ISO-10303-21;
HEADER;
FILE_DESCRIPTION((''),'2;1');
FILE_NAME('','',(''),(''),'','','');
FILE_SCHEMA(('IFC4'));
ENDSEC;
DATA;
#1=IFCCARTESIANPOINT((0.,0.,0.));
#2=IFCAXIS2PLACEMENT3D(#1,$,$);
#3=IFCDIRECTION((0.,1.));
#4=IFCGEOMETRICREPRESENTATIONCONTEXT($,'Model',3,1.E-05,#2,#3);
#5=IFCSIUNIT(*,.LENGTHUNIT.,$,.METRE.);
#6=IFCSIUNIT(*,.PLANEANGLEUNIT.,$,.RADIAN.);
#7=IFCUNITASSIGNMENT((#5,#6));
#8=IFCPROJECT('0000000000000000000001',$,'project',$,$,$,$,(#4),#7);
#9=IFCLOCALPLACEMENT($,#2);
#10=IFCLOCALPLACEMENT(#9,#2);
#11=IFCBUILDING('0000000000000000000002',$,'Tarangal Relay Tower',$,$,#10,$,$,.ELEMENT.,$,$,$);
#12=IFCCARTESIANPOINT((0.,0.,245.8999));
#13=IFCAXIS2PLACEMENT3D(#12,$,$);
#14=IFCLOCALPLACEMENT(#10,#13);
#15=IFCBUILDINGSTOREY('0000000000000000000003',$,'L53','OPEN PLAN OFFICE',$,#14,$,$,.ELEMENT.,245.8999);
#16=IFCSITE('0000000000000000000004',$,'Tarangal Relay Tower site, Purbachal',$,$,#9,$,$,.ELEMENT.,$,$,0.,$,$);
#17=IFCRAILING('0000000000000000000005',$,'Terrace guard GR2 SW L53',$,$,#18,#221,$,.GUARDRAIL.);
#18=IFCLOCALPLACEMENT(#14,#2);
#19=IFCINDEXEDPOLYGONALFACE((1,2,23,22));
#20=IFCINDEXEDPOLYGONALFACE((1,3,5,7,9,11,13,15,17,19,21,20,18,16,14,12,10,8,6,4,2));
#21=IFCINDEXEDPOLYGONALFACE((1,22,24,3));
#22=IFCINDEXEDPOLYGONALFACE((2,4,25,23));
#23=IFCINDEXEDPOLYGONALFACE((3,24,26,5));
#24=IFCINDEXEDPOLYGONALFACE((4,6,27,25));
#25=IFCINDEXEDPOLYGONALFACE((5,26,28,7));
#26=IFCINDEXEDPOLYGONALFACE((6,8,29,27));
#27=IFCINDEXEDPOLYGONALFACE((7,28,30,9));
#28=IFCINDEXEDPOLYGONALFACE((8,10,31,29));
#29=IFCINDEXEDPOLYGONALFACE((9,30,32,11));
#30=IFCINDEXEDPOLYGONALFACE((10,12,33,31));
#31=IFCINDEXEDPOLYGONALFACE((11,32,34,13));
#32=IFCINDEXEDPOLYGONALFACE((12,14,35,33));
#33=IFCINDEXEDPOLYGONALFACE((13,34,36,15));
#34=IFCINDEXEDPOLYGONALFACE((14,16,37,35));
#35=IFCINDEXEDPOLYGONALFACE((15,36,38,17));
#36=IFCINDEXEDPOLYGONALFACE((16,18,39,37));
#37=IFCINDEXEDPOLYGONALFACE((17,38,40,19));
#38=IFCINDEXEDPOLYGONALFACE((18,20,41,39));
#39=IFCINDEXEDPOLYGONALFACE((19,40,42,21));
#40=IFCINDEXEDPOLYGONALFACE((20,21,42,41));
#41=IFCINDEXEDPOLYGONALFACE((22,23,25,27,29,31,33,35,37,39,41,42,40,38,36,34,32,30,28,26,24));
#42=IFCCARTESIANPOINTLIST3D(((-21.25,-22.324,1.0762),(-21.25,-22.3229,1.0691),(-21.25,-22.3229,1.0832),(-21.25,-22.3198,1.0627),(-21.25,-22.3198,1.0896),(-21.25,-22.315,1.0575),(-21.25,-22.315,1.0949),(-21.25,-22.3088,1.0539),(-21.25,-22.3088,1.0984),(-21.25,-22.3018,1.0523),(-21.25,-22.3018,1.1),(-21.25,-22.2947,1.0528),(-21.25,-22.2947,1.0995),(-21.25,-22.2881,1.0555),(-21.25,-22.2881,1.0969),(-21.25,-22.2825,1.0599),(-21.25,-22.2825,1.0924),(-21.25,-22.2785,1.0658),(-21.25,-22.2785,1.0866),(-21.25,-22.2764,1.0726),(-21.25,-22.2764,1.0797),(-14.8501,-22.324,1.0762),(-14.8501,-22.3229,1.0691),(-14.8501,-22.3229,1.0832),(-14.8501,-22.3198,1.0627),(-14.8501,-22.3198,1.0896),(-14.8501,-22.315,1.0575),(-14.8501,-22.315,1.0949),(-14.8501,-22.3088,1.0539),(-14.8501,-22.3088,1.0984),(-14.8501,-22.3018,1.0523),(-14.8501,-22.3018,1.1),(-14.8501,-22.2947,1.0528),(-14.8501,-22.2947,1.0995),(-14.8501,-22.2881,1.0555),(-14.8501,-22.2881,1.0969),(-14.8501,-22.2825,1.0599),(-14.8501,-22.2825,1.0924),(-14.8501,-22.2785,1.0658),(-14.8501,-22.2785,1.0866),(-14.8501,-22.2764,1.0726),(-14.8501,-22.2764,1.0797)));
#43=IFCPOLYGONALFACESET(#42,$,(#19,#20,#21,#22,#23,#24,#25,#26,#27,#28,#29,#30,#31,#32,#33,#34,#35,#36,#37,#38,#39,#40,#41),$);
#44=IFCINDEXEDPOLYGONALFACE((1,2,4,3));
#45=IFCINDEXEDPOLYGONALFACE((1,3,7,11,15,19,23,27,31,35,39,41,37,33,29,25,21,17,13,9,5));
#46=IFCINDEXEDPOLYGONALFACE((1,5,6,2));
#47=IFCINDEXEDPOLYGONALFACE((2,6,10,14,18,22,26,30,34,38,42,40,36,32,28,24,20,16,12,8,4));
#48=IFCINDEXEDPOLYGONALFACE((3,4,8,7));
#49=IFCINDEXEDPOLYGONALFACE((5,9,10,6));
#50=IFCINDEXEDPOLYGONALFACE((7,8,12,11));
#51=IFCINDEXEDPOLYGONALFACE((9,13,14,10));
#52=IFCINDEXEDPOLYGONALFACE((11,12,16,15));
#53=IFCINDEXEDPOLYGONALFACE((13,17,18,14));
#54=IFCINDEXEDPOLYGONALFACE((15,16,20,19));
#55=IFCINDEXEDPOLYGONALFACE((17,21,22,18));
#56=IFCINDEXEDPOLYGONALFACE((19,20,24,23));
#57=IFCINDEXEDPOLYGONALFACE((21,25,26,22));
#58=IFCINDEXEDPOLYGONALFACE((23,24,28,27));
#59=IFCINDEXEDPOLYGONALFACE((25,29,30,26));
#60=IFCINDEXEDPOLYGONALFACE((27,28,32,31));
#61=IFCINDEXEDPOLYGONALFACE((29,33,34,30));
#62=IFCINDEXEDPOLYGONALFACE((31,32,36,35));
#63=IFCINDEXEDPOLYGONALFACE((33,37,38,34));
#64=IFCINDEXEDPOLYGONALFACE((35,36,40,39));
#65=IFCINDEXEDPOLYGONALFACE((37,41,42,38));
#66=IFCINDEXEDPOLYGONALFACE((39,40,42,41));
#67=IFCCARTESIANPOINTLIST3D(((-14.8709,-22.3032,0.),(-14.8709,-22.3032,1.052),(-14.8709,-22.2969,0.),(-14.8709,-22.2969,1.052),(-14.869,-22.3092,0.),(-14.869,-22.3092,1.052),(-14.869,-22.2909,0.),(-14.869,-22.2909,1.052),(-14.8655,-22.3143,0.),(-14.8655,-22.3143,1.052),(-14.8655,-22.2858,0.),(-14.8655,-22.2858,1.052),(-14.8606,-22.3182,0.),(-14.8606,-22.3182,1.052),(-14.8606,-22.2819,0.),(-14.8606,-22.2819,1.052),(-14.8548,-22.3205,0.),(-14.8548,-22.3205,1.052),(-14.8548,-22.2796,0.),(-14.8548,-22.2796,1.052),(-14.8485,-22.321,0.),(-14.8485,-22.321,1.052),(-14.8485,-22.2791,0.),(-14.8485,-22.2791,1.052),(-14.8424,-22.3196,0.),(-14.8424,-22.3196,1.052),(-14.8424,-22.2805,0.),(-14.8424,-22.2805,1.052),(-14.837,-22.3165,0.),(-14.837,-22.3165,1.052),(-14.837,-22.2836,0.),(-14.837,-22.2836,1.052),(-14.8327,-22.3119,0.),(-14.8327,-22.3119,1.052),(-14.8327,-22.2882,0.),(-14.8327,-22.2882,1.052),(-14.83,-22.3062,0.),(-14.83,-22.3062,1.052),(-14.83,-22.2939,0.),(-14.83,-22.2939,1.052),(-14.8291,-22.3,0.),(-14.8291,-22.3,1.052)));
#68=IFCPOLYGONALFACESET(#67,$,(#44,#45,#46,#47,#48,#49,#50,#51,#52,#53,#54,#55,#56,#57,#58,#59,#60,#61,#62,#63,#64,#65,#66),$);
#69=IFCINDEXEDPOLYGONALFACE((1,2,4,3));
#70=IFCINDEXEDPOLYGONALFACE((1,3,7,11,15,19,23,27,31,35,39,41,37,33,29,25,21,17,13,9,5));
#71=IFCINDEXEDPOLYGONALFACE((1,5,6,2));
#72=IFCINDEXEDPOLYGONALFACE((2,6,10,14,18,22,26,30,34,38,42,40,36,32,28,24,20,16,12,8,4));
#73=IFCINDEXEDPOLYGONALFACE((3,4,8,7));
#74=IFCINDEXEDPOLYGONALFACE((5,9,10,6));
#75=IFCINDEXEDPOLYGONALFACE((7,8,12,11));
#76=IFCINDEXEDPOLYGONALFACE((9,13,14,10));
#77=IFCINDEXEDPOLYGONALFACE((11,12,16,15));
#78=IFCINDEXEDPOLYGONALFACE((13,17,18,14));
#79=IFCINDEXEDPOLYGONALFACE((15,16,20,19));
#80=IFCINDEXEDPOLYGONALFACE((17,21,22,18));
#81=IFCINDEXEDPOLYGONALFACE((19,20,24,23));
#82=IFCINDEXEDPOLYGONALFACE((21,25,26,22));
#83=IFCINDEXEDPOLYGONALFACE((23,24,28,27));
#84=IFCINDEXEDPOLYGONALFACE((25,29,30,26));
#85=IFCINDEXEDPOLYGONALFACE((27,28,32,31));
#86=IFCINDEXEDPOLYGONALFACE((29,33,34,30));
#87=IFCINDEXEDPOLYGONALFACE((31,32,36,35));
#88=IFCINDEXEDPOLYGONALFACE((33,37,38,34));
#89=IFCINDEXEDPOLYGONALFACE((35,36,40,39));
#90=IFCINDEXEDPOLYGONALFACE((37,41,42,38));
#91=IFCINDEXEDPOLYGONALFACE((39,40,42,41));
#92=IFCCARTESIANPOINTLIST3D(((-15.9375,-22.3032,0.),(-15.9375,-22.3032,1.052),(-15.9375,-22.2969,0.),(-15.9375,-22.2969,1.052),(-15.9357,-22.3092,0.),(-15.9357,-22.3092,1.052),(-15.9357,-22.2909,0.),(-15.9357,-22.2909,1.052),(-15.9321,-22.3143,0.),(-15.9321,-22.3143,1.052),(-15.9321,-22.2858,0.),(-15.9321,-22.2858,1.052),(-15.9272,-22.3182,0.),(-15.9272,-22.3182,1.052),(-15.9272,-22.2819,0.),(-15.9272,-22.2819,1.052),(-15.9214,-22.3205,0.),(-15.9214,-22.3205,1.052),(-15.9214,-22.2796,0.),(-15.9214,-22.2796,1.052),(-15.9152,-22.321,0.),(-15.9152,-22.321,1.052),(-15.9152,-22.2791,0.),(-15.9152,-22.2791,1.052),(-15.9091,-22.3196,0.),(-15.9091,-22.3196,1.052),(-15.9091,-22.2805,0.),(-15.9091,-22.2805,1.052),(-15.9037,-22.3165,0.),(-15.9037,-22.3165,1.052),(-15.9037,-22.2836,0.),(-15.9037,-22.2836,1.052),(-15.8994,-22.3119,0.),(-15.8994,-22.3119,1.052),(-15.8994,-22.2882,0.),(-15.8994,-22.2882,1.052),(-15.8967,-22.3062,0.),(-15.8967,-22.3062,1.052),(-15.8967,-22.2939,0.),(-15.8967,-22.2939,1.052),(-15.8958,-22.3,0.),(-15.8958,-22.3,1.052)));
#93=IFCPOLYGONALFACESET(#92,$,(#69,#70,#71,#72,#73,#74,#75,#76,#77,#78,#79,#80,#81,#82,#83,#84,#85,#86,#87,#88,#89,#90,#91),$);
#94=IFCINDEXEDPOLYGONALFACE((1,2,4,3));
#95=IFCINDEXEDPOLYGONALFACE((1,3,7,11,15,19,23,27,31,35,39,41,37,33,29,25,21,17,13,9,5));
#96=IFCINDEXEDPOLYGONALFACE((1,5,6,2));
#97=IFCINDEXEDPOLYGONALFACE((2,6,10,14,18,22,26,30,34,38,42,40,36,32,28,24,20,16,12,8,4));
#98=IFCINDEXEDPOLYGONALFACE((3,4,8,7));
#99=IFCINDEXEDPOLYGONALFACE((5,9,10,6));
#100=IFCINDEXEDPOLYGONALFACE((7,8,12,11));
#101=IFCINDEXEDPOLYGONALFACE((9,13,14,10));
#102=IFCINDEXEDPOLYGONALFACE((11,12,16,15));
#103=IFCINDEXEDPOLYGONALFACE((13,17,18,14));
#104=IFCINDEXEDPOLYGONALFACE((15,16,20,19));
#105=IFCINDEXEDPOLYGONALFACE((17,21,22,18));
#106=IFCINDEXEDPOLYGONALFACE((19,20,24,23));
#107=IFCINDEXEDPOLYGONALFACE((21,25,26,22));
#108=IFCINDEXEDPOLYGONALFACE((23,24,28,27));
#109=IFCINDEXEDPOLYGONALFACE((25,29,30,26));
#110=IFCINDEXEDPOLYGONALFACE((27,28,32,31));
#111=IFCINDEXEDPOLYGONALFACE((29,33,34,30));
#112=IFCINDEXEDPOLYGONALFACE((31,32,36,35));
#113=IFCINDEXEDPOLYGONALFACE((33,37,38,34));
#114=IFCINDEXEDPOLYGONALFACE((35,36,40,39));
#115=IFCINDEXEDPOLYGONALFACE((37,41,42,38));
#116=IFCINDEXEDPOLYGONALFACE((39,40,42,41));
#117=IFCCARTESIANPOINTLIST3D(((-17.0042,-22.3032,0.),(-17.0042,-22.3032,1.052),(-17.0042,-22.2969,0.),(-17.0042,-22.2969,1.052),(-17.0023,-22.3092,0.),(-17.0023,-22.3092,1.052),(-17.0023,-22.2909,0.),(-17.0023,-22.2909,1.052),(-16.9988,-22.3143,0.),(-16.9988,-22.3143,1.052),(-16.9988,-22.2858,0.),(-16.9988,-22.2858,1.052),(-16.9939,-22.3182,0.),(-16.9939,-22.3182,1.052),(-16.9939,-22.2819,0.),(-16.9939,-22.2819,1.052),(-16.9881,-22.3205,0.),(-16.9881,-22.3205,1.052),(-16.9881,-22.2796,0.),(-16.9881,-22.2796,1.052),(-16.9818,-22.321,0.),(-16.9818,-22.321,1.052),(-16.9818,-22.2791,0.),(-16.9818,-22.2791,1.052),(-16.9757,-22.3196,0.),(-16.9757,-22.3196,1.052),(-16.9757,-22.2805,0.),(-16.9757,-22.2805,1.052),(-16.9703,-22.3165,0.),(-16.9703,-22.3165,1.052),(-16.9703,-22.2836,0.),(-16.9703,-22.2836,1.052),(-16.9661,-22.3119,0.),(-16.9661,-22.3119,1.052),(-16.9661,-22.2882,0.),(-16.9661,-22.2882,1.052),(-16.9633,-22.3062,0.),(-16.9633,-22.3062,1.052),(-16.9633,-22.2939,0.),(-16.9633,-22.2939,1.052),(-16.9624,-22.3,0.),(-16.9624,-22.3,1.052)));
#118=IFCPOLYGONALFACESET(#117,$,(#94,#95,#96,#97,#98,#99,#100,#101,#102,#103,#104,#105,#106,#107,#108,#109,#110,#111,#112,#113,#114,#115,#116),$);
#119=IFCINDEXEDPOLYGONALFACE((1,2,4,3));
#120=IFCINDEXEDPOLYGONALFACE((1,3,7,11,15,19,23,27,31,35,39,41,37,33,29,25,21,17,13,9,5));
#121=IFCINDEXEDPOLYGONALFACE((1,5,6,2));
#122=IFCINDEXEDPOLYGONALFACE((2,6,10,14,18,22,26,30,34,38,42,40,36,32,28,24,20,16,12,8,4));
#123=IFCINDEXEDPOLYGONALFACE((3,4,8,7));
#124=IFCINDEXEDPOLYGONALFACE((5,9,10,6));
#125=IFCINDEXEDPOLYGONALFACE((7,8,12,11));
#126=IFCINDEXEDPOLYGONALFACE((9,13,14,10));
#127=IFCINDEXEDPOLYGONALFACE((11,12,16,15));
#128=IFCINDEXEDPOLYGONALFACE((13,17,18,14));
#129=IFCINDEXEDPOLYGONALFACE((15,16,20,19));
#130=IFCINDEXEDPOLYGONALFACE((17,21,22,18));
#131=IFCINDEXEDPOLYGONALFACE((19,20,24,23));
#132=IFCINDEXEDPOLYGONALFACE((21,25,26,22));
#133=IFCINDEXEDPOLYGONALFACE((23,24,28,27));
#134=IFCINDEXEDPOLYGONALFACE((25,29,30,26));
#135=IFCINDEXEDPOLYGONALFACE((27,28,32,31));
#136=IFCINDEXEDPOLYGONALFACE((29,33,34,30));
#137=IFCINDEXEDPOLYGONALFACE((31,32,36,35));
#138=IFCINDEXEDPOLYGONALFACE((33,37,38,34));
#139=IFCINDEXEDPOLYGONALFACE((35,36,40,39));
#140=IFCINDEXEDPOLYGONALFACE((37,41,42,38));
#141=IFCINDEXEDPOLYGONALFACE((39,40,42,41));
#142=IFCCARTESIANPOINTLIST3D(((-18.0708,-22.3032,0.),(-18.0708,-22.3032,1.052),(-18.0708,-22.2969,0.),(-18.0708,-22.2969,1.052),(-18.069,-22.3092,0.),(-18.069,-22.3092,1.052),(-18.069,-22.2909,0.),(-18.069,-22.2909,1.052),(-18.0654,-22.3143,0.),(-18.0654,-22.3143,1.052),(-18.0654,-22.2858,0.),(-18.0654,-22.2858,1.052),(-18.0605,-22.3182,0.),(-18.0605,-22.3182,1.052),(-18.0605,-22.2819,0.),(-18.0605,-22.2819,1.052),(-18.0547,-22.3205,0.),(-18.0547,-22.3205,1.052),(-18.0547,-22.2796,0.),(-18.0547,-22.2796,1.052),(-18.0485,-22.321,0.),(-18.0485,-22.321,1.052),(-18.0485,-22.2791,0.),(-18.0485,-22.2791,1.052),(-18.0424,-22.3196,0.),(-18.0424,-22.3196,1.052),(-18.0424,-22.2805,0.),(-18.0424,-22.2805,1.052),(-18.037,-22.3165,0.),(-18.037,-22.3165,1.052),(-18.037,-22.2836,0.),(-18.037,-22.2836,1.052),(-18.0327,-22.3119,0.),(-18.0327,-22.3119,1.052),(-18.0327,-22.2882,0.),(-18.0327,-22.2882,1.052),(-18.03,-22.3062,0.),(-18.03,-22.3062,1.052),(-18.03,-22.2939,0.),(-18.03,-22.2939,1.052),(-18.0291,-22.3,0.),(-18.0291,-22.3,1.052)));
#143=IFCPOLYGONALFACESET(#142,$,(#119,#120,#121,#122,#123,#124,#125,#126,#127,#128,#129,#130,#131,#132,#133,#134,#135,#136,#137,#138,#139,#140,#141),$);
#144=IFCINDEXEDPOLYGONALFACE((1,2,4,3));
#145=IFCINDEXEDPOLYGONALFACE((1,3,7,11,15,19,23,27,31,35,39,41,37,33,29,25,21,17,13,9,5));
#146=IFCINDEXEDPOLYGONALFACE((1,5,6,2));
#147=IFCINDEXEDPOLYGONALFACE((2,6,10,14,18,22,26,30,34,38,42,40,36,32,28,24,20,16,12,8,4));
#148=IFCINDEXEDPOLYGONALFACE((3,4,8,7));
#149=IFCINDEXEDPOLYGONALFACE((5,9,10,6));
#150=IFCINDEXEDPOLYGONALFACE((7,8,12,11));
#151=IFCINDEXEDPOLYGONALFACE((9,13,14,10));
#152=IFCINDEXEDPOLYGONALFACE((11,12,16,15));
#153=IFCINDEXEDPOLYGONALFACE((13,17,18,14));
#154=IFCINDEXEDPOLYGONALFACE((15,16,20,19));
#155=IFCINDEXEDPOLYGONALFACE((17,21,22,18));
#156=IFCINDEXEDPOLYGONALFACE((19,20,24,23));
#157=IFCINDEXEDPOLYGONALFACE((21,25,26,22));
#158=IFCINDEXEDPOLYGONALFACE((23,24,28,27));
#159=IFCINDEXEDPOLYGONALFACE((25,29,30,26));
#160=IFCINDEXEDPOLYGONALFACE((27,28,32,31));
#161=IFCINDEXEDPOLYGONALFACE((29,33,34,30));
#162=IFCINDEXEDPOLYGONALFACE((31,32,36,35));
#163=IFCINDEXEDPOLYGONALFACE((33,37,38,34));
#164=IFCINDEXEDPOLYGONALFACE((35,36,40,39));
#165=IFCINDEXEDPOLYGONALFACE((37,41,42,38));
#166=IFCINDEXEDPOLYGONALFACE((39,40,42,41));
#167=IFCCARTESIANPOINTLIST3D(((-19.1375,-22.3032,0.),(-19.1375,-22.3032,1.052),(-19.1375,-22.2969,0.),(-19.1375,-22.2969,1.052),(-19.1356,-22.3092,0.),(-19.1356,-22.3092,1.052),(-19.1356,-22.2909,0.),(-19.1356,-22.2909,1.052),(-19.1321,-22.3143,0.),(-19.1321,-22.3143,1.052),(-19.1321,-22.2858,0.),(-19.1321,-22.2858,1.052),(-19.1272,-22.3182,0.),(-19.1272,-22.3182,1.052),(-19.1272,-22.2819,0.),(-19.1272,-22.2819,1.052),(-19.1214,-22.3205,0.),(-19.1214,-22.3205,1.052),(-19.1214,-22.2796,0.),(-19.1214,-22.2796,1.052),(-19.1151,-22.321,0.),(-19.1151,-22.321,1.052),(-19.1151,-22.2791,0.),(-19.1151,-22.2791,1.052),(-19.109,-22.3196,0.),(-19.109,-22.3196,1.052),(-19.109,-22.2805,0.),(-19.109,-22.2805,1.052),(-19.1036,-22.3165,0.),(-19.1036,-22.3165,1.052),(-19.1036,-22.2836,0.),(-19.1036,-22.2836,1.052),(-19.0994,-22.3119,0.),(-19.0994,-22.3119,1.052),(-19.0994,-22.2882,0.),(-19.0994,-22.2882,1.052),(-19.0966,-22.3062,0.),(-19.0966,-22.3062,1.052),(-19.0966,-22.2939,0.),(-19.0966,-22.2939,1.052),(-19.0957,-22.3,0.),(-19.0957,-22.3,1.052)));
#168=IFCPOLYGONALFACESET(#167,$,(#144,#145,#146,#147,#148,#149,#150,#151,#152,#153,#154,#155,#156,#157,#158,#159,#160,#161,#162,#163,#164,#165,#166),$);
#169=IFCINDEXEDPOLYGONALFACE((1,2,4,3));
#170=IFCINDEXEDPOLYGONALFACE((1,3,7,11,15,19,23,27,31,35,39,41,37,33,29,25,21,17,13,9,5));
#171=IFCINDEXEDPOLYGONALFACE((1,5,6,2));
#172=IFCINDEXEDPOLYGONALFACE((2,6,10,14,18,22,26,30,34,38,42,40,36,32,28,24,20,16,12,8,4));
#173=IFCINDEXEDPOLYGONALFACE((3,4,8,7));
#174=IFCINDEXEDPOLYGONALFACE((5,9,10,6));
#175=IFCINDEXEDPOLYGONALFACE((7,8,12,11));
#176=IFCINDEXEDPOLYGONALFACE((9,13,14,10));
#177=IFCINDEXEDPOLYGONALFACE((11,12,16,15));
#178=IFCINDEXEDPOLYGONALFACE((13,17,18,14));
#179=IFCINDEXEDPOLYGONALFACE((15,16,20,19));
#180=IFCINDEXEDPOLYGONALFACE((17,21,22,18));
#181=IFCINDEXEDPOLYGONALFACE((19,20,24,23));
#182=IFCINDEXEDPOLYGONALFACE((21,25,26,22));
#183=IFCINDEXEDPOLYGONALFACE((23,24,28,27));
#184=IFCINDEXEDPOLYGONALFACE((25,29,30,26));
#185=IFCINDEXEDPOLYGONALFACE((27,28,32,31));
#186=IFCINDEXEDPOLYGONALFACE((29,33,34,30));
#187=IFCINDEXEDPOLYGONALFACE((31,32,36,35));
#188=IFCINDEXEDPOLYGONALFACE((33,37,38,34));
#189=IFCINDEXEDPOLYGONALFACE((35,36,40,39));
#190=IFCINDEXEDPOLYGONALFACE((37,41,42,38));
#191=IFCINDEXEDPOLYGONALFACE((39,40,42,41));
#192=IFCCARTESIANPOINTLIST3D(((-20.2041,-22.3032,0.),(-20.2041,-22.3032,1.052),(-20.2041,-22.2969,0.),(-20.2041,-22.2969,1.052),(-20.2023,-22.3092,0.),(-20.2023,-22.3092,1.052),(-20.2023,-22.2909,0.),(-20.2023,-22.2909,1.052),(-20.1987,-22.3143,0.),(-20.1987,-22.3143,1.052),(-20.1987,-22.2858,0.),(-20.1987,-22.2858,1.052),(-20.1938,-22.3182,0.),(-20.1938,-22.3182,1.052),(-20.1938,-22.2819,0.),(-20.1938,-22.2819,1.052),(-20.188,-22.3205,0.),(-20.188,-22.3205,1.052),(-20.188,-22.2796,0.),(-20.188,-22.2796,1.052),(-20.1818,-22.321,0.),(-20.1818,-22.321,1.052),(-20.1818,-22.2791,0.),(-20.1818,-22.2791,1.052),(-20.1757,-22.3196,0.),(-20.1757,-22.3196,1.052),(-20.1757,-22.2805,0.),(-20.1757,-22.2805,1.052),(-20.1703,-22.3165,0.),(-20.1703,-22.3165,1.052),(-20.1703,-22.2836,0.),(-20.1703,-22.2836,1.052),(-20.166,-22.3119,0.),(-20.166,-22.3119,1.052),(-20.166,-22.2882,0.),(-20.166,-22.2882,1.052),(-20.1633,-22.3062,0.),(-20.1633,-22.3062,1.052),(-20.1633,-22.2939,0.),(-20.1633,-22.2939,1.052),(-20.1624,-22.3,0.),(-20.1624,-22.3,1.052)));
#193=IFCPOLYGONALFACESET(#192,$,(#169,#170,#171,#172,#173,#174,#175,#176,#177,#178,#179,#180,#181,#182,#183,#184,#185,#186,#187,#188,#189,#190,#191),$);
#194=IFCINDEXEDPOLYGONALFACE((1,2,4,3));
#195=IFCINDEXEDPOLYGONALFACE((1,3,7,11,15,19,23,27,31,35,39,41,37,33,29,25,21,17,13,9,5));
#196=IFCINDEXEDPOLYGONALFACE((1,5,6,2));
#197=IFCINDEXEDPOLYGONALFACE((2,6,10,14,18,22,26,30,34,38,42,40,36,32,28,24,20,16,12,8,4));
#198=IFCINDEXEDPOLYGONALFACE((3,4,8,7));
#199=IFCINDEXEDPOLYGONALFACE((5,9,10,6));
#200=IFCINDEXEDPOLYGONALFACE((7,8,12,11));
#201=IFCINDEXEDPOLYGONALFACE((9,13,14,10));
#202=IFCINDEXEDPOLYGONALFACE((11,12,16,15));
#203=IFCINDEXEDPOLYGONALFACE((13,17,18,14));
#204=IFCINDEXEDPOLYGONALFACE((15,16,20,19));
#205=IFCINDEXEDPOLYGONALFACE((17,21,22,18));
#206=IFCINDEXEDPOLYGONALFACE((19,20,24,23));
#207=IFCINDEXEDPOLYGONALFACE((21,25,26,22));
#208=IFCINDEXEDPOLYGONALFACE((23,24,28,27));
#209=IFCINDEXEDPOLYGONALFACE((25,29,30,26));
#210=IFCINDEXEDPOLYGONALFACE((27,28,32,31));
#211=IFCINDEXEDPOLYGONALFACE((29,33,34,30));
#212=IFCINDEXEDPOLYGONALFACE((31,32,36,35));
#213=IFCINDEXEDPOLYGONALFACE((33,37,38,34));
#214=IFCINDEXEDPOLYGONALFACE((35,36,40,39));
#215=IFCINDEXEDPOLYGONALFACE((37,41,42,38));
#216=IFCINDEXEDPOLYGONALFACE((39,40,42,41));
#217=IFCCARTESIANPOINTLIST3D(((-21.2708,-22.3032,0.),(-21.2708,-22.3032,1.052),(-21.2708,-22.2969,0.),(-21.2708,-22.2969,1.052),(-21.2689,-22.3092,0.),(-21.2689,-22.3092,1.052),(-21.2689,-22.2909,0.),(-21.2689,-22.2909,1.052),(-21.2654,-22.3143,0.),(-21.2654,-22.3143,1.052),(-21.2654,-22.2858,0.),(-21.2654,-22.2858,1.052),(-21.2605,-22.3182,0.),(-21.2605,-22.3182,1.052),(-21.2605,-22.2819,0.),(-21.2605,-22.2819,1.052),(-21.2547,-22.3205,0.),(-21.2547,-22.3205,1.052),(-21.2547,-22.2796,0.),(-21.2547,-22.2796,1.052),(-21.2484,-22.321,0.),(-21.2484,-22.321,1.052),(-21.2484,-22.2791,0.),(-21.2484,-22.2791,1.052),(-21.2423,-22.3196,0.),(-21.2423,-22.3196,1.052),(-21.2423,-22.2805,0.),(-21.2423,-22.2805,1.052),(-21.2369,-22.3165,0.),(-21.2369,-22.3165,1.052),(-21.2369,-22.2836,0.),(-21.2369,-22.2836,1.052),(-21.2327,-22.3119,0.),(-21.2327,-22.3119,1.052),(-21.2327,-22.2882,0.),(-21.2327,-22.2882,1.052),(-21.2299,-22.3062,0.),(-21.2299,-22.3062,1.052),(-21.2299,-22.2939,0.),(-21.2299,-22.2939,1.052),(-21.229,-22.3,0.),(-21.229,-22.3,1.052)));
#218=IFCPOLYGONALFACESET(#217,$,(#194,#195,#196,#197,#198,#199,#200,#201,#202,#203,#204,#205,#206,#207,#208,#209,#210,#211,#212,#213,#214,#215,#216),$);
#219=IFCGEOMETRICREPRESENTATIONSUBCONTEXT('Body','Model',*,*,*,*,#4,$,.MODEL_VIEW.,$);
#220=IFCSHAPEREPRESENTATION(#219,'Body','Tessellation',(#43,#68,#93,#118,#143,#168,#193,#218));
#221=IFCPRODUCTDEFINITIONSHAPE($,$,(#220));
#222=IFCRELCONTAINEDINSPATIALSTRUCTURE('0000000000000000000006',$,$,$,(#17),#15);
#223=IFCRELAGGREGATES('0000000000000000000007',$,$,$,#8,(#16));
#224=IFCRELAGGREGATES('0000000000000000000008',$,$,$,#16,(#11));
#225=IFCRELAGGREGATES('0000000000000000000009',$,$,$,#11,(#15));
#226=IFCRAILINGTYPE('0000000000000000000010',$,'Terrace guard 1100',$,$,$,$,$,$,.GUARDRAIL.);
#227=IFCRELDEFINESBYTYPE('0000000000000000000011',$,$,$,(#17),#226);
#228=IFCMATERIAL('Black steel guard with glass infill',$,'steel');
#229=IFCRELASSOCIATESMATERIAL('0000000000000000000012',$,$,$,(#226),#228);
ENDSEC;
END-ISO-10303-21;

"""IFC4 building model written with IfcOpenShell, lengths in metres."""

from ifc_helpers import new_model, si_unit, direction, frame, origin, origin_2d, place, context, subcontext, project, spatial, circle, extrude, material, type_object, element, save


model = new_model("IFC4")

# Units and contexts
model_context = context("Model", 3, precision=1e-05, world=origin(), true_north=direction((0.0, 1.0)))
body_context = subcontext(model_context, "Body", "Model", "MODEL_VIEW")
ifc_project = project(units=[si_unit("LENGTHUNIT", "METRE"), si_unit("PLANEANGLEUNIT", "RADIAN")], contexts=[model_context])

# Site, building, storey
site_placement = place(None, origin())
site = spatial("IfcSite", under=ifc_project, at=site_placement, Name="Tarangal Relay Tower site, Purbachal", CompositionType="ELEMENT", RefElevation=0.0)
building_placement = place(site_placement, origin())
building = spatial("IfcBuilding", under=site, at=building_placement, Name="Tarangal Relay Tower", CompositionType="ELEMENT")
storey_placement = place(building_placement, frame((0.0, 0.0, 245.8999)))
storey = spatial("IfcBuildingStorey", under=building, at=storey_placement, Name="L53", Description="OPEN PLAN OFFICE", CompositionType="ELEMENT", Elevation=245.8999)

# Railing
ifc_material_1 = material(Name="Black steel guard with glass infill", Category="steel")
railing_type = type_object("IfcRailingType", Name="Terrace guard 1100", PredefinedType="GUARDRAIL", material=ifc_material_1)
railing_1_placement = place(storey_placement, frame((-14.8501, -22.3, 0.0)))
element("IfcRailing", 1, at=railing_1_placement, inside=storey, type_object=railing_type, Name="Terrace guard GR2 SW L53", PredefinedType="GUARDRAIL", context=body_context, shape_type="SweptSolid", body=[
    extrude(circle(Radius=0.0239, at=origin_2d()), frame((0.0, 0.0, 1.0762), z_axis=(-1.0, 0.0, 0.0), x_axis=(0.0, -1.0, 0.0)), (0.0, 0.0, 1.0), 6.3999),
    extrude(circle(Radius=0.021, at=origin_2d()), origin(), (0.0, 0.0, 1.0), 1.052),
    extrude(circle(Radius=0.021, at=origin_2d()), frame((-1.0667, 0.0, 0.0)), (0.0, 0.0, 1.0), 1.052),
    extrude(circle(Radius=0.021, at=origin_2d()), frame((-2.1333, 0.0, 0.0)), (0.0, 0.0, 1.0), 1.052),
    extrude(circle(Radius=0.021, at=origin_2d()), frame((-3.2, 0.0, 0.0)), (0.0, 0.0, 1.0), 1.052),
    extrude(circle(Radius=0.021, at=origin_2d()), frame((-4.2666, 0.0, 0.0)), (0.0, 0.0, 1.0), 1.052),
    extrude(circle(Radius=0.021, at=origin_2d()), frame((-5.3333, 0.0, 0.0)), (0.0, 0.0, 1.0), 1.052),
    extrude(circle(Radius=0.021, at=origin_2d()), frame((-6.3999, 0.0, 0.0)), (0.0, 0.0, 1.0), 1.052),
])

save(model, "model.ifc")
